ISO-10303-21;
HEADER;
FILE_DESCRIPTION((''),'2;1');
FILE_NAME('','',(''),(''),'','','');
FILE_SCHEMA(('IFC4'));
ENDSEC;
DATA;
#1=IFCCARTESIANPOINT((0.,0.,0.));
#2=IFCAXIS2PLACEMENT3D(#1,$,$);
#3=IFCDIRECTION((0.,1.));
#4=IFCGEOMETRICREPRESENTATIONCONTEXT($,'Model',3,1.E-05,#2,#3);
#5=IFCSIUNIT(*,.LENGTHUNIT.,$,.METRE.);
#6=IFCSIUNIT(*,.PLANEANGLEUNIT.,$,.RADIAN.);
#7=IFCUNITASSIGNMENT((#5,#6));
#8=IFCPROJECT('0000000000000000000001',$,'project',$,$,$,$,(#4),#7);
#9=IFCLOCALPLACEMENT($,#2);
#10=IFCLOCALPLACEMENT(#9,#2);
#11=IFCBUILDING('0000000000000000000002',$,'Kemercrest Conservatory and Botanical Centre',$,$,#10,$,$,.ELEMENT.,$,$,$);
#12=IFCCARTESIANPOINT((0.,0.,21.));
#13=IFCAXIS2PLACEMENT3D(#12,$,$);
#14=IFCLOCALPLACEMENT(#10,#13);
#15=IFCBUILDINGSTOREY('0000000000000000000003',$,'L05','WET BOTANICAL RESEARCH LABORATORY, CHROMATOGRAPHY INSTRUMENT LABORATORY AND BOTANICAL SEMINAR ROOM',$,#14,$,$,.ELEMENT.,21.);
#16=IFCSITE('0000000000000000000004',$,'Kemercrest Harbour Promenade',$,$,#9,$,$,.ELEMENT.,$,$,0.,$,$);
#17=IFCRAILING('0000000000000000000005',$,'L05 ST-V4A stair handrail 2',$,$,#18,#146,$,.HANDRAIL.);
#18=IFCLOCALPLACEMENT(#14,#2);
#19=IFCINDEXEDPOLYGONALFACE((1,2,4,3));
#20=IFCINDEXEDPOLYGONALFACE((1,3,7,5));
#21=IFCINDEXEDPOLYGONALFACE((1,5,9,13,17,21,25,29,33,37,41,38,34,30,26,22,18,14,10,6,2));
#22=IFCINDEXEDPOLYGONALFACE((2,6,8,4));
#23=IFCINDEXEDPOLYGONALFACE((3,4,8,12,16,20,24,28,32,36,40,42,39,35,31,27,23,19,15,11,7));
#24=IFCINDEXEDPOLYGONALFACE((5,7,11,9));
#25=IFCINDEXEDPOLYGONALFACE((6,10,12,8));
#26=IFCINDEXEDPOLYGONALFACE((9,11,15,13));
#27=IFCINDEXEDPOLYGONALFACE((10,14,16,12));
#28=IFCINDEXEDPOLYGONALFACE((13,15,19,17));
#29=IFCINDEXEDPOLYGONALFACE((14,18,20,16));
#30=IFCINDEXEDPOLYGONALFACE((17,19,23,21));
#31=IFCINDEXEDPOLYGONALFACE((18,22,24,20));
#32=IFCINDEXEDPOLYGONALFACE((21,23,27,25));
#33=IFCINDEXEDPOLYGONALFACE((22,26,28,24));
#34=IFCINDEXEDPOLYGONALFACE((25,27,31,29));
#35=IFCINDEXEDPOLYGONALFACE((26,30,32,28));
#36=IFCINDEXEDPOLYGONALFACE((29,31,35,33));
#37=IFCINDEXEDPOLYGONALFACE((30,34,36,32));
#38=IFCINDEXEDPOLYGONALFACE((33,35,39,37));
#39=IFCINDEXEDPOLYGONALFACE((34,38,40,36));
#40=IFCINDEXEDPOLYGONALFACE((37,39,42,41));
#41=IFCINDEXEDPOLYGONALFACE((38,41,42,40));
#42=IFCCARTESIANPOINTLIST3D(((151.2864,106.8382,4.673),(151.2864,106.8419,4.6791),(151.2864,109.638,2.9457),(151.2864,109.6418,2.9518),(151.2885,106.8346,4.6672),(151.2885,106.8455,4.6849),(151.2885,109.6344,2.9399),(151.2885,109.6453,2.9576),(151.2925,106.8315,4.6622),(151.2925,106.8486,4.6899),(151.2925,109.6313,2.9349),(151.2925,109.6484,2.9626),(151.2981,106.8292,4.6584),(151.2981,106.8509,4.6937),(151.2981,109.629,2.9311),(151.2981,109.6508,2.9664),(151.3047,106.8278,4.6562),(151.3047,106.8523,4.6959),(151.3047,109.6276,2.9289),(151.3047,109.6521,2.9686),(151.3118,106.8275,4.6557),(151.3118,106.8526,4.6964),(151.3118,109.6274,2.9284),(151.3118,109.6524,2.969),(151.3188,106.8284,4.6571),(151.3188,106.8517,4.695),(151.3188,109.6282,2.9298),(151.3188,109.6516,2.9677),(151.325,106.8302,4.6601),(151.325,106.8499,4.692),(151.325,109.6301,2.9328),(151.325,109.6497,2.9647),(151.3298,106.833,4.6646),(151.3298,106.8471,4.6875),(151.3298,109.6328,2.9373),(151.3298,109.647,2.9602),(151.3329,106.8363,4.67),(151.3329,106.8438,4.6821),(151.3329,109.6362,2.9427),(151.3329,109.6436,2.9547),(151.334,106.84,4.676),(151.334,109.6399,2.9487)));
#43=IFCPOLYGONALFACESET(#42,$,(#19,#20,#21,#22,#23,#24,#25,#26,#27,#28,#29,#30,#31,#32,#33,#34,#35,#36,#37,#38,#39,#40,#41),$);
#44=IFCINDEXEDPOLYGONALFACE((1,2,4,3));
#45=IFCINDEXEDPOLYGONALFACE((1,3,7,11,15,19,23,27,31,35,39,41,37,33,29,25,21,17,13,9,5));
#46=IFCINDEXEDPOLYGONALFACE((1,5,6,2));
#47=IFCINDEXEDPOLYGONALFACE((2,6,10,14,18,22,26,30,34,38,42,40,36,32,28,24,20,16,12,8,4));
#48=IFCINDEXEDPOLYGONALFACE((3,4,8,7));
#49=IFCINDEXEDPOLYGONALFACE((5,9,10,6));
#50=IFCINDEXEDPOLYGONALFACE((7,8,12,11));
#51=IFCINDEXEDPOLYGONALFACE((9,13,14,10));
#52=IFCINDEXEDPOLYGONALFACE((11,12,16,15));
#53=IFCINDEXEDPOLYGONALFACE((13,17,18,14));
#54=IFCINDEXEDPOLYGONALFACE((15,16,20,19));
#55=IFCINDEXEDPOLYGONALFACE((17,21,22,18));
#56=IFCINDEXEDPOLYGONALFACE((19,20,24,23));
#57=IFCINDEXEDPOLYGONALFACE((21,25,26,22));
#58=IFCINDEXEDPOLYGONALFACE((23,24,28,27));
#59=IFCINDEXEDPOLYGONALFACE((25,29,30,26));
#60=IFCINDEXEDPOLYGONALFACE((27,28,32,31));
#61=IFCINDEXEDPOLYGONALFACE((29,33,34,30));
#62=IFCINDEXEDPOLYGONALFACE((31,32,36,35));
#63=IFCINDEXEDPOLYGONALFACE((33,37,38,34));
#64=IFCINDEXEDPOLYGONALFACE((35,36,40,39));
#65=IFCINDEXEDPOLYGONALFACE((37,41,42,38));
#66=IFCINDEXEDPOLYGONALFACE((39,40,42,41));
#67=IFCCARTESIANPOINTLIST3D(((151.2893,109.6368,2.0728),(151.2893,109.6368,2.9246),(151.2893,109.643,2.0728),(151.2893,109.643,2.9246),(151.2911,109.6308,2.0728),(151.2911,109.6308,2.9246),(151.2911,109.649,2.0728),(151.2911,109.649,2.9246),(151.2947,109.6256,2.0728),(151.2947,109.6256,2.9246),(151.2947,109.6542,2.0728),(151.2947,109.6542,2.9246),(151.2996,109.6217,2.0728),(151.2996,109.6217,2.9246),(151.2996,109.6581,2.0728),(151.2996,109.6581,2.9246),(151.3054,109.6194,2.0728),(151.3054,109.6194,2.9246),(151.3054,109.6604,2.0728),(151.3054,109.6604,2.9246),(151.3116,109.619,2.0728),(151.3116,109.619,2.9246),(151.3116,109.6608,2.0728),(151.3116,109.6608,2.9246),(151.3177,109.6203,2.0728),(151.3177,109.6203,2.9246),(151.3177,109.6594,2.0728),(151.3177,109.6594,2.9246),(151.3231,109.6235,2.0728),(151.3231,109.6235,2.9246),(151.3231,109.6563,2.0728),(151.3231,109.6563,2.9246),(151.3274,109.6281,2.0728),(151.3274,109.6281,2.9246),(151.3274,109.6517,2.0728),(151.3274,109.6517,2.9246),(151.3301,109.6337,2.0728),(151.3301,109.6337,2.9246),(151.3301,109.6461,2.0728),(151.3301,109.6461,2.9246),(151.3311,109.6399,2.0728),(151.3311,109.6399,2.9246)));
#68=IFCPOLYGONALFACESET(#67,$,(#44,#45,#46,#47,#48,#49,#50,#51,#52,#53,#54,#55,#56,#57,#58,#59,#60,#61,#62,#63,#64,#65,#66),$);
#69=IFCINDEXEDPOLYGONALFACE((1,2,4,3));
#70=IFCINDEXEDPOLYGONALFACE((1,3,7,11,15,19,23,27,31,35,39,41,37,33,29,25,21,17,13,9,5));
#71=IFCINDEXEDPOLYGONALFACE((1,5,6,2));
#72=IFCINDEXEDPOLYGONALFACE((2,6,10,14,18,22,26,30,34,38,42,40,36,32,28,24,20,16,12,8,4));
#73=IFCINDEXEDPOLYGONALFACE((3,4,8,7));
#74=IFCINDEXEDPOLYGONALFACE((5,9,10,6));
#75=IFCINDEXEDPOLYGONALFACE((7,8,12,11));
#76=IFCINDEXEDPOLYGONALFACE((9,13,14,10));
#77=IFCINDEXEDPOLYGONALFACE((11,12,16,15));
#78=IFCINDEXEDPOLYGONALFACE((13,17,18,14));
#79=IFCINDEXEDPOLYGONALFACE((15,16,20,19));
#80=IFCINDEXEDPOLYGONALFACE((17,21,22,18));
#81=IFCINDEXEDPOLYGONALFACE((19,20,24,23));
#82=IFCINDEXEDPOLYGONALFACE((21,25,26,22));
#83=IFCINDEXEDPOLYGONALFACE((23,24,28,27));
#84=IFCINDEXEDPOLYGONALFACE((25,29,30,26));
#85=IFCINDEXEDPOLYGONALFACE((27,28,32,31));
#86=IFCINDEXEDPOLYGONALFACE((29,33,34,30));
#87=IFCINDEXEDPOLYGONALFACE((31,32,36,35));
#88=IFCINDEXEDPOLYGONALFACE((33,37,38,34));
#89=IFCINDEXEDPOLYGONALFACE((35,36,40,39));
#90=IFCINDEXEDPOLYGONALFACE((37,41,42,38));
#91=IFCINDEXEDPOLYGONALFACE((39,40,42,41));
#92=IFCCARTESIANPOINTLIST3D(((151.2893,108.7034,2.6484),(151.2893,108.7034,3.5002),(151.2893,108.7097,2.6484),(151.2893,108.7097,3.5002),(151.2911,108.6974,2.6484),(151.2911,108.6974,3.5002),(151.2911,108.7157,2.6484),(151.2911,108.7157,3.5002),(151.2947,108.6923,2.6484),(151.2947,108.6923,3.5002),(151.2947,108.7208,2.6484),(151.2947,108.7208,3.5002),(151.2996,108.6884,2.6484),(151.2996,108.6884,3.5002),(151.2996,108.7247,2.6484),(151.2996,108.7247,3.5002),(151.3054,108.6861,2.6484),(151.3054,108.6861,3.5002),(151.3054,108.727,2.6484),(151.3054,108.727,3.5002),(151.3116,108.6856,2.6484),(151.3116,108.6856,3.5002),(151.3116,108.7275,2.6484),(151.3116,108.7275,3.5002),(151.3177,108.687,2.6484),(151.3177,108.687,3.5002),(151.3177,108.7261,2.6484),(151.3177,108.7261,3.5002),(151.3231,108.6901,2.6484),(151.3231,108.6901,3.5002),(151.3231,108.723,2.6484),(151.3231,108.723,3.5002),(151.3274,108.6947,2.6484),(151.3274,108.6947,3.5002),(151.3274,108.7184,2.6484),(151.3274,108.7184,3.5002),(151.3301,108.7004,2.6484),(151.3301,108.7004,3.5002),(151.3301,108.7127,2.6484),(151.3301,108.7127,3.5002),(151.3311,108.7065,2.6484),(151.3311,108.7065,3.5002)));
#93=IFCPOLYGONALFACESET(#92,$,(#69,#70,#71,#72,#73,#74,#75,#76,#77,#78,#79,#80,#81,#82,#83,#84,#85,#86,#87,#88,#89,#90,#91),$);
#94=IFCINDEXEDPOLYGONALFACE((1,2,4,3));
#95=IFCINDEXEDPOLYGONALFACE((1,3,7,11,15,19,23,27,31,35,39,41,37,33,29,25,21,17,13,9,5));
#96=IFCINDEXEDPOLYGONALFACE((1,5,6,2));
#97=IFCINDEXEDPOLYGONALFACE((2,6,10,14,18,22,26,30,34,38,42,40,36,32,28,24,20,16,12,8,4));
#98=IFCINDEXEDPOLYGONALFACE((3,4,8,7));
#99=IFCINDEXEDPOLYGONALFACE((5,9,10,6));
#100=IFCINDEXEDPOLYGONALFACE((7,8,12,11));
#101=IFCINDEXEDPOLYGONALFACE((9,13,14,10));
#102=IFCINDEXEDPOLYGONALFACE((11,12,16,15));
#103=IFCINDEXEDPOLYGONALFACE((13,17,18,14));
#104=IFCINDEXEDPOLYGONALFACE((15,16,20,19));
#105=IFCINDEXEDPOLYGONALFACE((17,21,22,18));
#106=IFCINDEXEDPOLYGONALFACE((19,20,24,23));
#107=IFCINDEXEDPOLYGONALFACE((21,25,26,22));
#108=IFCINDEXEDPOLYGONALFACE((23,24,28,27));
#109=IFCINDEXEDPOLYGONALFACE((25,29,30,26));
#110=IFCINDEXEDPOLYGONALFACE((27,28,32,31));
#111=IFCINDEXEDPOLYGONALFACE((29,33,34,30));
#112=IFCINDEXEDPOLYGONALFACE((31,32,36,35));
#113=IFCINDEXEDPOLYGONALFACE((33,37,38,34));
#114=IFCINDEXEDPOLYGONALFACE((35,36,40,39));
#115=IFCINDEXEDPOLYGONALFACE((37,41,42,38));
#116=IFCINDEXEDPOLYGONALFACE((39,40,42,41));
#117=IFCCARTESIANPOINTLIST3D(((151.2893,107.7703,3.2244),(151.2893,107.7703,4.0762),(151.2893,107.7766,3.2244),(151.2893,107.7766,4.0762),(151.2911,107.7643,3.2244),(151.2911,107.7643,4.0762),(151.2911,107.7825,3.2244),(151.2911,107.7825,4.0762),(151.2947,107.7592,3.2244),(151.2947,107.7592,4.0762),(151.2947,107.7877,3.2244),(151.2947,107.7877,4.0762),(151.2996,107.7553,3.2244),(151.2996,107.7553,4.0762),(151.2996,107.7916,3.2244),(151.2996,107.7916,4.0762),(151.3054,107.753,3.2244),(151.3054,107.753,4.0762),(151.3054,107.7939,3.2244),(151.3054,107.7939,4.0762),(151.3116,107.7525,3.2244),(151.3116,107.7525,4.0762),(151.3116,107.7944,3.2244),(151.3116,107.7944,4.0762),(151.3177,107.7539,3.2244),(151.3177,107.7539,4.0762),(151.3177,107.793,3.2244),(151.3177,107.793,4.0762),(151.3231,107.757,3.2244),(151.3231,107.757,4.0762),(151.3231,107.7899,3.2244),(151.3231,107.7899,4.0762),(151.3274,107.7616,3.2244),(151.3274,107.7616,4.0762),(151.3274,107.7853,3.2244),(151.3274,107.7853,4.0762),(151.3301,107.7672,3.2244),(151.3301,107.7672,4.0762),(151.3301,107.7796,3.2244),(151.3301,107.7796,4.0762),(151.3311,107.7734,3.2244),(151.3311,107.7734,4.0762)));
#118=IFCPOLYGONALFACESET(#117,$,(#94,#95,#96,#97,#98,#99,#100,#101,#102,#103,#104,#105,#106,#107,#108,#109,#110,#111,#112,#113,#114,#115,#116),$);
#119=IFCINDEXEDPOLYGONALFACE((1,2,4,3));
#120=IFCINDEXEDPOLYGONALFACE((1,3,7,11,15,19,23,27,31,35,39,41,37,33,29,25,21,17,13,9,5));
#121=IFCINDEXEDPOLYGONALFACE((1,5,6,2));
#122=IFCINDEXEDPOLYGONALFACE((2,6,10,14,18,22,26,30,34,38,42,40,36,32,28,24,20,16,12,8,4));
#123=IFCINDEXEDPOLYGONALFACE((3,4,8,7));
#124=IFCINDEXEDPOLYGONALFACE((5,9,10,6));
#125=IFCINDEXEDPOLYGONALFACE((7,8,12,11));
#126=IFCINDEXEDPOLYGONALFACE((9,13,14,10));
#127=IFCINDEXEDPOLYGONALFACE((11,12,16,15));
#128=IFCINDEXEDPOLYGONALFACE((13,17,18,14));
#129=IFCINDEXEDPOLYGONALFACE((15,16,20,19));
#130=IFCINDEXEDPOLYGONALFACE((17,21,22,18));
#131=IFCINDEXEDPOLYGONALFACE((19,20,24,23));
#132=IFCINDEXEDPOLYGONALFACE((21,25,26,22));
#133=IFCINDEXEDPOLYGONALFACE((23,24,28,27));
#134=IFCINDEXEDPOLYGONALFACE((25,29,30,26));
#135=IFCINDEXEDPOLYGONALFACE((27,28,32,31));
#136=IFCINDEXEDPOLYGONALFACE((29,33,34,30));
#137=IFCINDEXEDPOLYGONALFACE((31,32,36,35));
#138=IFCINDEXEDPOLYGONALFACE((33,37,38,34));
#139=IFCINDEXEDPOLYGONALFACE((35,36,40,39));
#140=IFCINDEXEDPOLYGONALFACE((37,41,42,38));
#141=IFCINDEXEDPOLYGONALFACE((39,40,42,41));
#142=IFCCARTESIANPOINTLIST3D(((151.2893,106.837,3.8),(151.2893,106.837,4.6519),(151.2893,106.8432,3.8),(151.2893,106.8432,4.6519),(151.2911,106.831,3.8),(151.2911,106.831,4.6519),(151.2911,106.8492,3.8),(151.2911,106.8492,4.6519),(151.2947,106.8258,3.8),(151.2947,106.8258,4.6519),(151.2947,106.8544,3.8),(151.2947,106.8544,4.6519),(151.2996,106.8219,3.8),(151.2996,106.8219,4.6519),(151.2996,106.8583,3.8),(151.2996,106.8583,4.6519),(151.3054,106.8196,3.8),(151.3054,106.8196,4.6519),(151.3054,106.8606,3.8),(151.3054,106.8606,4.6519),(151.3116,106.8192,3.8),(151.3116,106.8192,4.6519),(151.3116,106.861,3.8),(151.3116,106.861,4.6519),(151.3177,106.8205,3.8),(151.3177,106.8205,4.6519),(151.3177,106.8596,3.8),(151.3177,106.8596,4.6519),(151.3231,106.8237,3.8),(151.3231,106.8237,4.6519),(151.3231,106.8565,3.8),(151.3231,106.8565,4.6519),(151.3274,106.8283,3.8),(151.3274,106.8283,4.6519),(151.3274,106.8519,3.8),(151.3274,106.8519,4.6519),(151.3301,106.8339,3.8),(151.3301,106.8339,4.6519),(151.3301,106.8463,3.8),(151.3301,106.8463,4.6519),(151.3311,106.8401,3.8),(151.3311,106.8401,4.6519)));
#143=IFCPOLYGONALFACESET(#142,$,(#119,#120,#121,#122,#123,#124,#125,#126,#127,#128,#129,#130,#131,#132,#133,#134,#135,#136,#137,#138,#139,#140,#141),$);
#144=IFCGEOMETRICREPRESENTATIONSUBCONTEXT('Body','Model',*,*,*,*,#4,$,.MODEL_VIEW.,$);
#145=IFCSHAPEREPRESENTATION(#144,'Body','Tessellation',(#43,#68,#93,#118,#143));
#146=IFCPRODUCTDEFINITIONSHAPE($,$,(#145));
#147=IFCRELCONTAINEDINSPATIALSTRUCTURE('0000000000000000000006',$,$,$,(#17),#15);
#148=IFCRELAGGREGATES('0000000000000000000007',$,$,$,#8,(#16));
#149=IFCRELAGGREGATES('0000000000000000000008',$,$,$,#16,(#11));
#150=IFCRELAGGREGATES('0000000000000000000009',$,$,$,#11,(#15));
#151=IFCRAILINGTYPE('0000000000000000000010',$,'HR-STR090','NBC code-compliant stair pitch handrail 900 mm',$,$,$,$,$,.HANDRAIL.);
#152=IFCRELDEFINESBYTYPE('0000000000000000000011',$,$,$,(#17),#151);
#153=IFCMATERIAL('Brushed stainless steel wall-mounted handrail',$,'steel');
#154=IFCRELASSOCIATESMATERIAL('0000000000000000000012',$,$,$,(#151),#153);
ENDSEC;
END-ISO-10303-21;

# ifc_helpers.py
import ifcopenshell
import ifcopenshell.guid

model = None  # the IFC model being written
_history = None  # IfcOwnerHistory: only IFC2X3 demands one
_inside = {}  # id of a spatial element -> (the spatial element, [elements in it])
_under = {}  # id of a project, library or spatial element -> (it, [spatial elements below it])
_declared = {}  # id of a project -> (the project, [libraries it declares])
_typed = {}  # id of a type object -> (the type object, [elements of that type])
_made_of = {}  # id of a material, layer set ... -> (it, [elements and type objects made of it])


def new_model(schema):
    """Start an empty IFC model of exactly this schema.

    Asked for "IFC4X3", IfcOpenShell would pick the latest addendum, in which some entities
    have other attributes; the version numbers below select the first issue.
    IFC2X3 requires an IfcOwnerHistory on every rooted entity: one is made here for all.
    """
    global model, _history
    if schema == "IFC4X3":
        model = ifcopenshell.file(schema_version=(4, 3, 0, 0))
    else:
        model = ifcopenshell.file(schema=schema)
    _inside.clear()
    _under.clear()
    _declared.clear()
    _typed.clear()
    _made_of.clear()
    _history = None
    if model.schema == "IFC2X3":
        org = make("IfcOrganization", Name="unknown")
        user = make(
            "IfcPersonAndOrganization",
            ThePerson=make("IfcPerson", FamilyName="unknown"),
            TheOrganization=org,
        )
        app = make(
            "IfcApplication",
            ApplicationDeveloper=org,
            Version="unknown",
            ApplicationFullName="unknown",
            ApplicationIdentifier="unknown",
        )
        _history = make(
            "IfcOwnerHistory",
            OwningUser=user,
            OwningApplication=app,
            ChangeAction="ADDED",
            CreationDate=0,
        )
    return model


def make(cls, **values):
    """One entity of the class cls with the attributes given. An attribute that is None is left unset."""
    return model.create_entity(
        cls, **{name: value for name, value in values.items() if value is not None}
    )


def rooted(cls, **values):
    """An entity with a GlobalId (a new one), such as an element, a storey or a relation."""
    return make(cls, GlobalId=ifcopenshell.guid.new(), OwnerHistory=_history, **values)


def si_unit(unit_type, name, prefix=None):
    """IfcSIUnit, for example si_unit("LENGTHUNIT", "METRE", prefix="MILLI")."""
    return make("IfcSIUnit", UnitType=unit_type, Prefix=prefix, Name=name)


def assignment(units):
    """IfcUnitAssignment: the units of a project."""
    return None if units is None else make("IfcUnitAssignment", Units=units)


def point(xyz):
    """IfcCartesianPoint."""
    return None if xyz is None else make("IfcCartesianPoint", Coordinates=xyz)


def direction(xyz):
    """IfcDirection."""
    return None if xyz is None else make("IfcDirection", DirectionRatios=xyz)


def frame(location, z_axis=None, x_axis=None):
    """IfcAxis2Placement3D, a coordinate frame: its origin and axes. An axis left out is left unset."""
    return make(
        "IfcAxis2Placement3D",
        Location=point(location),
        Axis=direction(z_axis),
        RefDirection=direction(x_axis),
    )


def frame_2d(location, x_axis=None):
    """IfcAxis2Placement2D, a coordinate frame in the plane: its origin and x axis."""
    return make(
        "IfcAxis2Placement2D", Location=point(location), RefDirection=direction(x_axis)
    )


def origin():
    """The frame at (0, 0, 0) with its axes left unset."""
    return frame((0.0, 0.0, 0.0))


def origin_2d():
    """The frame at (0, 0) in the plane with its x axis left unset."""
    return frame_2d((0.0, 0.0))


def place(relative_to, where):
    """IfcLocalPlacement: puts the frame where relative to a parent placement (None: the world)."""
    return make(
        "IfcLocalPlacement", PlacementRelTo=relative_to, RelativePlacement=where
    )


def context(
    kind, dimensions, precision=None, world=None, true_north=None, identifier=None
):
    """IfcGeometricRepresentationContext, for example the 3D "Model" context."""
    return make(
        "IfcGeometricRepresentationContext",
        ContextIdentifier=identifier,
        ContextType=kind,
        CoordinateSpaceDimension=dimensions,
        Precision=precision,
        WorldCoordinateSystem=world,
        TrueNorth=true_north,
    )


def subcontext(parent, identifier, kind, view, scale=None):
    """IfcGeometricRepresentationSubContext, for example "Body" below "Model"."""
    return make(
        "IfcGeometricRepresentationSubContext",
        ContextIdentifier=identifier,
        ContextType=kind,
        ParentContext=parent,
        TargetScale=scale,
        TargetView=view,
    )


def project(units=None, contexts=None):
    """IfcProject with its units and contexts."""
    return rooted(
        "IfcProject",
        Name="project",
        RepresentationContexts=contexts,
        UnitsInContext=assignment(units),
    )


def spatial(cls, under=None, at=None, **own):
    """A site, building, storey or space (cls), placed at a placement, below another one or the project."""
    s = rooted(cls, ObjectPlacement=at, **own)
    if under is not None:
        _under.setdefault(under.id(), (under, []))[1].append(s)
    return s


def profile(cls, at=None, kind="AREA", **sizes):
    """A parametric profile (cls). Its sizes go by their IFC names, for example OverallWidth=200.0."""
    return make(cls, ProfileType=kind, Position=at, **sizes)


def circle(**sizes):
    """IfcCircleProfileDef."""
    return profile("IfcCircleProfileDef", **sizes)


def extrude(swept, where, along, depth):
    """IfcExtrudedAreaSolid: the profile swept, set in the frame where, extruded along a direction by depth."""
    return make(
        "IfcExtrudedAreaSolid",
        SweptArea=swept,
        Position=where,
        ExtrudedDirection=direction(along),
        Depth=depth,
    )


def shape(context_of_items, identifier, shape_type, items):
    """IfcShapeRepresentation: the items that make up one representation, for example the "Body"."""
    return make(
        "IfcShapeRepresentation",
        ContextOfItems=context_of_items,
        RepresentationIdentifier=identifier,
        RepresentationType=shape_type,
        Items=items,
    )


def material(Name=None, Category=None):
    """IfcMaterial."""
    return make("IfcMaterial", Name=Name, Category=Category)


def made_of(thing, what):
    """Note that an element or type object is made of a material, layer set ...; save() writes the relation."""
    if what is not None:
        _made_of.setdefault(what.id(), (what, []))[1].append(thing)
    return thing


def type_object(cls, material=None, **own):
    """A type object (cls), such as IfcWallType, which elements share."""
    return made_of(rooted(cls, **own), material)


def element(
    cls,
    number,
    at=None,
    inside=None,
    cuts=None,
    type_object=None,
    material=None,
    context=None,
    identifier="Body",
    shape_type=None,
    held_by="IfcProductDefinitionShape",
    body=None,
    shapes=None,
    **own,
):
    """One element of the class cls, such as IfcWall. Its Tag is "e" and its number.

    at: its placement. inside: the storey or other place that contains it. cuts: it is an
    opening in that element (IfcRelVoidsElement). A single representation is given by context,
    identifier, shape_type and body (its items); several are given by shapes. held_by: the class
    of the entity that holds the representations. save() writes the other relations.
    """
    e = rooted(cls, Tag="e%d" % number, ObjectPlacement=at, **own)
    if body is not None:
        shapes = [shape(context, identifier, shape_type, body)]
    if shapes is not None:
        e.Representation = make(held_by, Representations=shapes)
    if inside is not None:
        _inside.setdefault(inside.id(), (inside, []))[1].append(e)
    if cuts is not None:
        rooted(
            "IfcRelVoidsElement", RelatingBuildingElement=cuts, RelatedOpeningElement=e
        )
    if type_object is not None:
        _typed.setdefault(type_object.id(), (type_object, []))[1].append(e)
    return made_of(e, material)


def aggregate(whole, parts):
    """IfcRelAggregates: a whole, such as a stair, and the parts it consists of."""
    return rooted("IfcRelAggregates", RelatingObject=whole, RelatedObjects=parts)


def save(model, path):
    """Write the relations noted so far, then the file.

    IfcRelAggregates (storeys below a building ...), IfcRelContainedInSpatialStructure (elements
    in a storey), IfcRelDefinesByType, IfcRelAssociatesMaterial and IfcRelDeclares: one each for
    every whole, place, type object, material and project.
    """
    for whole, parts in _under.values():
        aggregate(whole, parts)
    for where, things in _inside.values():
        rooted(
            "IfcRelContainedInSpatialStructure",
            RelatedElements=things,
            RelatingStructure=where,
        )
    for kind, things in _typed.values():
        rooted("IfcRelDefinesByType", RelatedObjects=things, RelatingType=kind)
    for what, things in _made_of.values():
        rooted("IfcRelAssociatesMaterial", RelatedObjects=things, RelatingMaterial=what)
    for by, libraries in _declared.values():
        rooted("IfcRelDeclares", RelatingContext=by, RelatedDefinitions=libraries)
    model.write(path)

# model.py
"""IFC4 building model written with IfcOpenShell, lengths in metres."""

from ifc_helpers import new_model, si_unit, direction, frame, origin, origin_2d, place, context, subcontext, project, spatial, circle, extrude, material, type_object, element, save


model = new_model("IFC4")

# Units and contexts
model_context = context("Model", 3, precision=1e-05, world=origin(), true_north=direction((0.0, 1.0)))
body_context = subcontext(model_context, "Body", "Model", "MODEL_VIEW")
ifc_project = project(units=[si_unit("LENGTHUNIT", "METRE"), si_unit("PLANEANGLEUNIT", "RADIAN")], contexts=[model_context])

# Site, building, storey
site_placement = place(None, origin())
site = spatial("IfcSite", under=ifc_project, at=site_placement, Name="Kemercrest Harbour Promenade", CompositionType="ELEMENT", RefElevation=0.0)
building_placement = place(site_placement, origin())
building = spatial("IfcBuilding", under=site, at=building_placement, Name="Kemercrest Conservatory and Botanical Centre", CompositionType="ELEMENT")
storey_placement = place(building_placement, frame((0.0, 0.0, 21.0)))
storey = spatial("IfcBuildingStorey", under=building, at=storey_placement, Name="L05", Description="WET BOTANICAL RESEARCH LABORATORY, CHROMATOGRAPHY INSTRUMENT LABORATORY AND BOTANICAL SEMINAR ROOM", CompositionType="ELEMENT", Elevation=21.0)

# Railing
ifc_material_1 = material(Name="Brushed stainless steel wall-mounted handrail", Category="steel")
railing_type_1 = type_object("IfcRailingType", Name="HR-STR090", Description="NBC code-compliant stair pitch handrail 900 mm", PredefinedType="HANDRAIL", material=ifc_material_1)
for number, where, name in (
    (1, (151.3101, 109.6399, 2.0728), "L05 ST-V4A stair handrail 2"),
):
    element("IfcRailing", number, at=place(storey_placement, frame(where)), inside=storey, type_object=railing_type_1, Name=name, PredefinedType="HANDRAIL", context=body_context, shape_type="SweptSolid", body=[
        extrude(circle(Radius=0.0239, at=origin_2d()), frame((0.0, 0.0, 0.876), z_axis=(0.0, -0.851069, 0.525054), x_axis=(1.0, 0.0, 0.0)), (0.0, 0.0, 1.0), 3.2898),
        extrude(circle(Radius=0.021, at=origin_2d()), origin(), (0.0, 0.0, 1.0), 0.8518),
        extrude(circle(Radius=0.021, at=origin_2d()), frame((0.0, -0.9333, 0.5757)), (0.0, 0.0, 1.0), 0.8518),
        extrude(circle(Radius=0.021, at=origin_2d()), frame((0.0, -1.8665, 1.1516)), (0.0, 0.0, 1.0), 0.8518),
        extrude(circle(Radius=0.021, at=origin_2d()), frame((0.0, -2.7998, 1.7273)), (0.0, 0.0, 1.0), 0.8518),
    ])

save(model, "model.ifc")
